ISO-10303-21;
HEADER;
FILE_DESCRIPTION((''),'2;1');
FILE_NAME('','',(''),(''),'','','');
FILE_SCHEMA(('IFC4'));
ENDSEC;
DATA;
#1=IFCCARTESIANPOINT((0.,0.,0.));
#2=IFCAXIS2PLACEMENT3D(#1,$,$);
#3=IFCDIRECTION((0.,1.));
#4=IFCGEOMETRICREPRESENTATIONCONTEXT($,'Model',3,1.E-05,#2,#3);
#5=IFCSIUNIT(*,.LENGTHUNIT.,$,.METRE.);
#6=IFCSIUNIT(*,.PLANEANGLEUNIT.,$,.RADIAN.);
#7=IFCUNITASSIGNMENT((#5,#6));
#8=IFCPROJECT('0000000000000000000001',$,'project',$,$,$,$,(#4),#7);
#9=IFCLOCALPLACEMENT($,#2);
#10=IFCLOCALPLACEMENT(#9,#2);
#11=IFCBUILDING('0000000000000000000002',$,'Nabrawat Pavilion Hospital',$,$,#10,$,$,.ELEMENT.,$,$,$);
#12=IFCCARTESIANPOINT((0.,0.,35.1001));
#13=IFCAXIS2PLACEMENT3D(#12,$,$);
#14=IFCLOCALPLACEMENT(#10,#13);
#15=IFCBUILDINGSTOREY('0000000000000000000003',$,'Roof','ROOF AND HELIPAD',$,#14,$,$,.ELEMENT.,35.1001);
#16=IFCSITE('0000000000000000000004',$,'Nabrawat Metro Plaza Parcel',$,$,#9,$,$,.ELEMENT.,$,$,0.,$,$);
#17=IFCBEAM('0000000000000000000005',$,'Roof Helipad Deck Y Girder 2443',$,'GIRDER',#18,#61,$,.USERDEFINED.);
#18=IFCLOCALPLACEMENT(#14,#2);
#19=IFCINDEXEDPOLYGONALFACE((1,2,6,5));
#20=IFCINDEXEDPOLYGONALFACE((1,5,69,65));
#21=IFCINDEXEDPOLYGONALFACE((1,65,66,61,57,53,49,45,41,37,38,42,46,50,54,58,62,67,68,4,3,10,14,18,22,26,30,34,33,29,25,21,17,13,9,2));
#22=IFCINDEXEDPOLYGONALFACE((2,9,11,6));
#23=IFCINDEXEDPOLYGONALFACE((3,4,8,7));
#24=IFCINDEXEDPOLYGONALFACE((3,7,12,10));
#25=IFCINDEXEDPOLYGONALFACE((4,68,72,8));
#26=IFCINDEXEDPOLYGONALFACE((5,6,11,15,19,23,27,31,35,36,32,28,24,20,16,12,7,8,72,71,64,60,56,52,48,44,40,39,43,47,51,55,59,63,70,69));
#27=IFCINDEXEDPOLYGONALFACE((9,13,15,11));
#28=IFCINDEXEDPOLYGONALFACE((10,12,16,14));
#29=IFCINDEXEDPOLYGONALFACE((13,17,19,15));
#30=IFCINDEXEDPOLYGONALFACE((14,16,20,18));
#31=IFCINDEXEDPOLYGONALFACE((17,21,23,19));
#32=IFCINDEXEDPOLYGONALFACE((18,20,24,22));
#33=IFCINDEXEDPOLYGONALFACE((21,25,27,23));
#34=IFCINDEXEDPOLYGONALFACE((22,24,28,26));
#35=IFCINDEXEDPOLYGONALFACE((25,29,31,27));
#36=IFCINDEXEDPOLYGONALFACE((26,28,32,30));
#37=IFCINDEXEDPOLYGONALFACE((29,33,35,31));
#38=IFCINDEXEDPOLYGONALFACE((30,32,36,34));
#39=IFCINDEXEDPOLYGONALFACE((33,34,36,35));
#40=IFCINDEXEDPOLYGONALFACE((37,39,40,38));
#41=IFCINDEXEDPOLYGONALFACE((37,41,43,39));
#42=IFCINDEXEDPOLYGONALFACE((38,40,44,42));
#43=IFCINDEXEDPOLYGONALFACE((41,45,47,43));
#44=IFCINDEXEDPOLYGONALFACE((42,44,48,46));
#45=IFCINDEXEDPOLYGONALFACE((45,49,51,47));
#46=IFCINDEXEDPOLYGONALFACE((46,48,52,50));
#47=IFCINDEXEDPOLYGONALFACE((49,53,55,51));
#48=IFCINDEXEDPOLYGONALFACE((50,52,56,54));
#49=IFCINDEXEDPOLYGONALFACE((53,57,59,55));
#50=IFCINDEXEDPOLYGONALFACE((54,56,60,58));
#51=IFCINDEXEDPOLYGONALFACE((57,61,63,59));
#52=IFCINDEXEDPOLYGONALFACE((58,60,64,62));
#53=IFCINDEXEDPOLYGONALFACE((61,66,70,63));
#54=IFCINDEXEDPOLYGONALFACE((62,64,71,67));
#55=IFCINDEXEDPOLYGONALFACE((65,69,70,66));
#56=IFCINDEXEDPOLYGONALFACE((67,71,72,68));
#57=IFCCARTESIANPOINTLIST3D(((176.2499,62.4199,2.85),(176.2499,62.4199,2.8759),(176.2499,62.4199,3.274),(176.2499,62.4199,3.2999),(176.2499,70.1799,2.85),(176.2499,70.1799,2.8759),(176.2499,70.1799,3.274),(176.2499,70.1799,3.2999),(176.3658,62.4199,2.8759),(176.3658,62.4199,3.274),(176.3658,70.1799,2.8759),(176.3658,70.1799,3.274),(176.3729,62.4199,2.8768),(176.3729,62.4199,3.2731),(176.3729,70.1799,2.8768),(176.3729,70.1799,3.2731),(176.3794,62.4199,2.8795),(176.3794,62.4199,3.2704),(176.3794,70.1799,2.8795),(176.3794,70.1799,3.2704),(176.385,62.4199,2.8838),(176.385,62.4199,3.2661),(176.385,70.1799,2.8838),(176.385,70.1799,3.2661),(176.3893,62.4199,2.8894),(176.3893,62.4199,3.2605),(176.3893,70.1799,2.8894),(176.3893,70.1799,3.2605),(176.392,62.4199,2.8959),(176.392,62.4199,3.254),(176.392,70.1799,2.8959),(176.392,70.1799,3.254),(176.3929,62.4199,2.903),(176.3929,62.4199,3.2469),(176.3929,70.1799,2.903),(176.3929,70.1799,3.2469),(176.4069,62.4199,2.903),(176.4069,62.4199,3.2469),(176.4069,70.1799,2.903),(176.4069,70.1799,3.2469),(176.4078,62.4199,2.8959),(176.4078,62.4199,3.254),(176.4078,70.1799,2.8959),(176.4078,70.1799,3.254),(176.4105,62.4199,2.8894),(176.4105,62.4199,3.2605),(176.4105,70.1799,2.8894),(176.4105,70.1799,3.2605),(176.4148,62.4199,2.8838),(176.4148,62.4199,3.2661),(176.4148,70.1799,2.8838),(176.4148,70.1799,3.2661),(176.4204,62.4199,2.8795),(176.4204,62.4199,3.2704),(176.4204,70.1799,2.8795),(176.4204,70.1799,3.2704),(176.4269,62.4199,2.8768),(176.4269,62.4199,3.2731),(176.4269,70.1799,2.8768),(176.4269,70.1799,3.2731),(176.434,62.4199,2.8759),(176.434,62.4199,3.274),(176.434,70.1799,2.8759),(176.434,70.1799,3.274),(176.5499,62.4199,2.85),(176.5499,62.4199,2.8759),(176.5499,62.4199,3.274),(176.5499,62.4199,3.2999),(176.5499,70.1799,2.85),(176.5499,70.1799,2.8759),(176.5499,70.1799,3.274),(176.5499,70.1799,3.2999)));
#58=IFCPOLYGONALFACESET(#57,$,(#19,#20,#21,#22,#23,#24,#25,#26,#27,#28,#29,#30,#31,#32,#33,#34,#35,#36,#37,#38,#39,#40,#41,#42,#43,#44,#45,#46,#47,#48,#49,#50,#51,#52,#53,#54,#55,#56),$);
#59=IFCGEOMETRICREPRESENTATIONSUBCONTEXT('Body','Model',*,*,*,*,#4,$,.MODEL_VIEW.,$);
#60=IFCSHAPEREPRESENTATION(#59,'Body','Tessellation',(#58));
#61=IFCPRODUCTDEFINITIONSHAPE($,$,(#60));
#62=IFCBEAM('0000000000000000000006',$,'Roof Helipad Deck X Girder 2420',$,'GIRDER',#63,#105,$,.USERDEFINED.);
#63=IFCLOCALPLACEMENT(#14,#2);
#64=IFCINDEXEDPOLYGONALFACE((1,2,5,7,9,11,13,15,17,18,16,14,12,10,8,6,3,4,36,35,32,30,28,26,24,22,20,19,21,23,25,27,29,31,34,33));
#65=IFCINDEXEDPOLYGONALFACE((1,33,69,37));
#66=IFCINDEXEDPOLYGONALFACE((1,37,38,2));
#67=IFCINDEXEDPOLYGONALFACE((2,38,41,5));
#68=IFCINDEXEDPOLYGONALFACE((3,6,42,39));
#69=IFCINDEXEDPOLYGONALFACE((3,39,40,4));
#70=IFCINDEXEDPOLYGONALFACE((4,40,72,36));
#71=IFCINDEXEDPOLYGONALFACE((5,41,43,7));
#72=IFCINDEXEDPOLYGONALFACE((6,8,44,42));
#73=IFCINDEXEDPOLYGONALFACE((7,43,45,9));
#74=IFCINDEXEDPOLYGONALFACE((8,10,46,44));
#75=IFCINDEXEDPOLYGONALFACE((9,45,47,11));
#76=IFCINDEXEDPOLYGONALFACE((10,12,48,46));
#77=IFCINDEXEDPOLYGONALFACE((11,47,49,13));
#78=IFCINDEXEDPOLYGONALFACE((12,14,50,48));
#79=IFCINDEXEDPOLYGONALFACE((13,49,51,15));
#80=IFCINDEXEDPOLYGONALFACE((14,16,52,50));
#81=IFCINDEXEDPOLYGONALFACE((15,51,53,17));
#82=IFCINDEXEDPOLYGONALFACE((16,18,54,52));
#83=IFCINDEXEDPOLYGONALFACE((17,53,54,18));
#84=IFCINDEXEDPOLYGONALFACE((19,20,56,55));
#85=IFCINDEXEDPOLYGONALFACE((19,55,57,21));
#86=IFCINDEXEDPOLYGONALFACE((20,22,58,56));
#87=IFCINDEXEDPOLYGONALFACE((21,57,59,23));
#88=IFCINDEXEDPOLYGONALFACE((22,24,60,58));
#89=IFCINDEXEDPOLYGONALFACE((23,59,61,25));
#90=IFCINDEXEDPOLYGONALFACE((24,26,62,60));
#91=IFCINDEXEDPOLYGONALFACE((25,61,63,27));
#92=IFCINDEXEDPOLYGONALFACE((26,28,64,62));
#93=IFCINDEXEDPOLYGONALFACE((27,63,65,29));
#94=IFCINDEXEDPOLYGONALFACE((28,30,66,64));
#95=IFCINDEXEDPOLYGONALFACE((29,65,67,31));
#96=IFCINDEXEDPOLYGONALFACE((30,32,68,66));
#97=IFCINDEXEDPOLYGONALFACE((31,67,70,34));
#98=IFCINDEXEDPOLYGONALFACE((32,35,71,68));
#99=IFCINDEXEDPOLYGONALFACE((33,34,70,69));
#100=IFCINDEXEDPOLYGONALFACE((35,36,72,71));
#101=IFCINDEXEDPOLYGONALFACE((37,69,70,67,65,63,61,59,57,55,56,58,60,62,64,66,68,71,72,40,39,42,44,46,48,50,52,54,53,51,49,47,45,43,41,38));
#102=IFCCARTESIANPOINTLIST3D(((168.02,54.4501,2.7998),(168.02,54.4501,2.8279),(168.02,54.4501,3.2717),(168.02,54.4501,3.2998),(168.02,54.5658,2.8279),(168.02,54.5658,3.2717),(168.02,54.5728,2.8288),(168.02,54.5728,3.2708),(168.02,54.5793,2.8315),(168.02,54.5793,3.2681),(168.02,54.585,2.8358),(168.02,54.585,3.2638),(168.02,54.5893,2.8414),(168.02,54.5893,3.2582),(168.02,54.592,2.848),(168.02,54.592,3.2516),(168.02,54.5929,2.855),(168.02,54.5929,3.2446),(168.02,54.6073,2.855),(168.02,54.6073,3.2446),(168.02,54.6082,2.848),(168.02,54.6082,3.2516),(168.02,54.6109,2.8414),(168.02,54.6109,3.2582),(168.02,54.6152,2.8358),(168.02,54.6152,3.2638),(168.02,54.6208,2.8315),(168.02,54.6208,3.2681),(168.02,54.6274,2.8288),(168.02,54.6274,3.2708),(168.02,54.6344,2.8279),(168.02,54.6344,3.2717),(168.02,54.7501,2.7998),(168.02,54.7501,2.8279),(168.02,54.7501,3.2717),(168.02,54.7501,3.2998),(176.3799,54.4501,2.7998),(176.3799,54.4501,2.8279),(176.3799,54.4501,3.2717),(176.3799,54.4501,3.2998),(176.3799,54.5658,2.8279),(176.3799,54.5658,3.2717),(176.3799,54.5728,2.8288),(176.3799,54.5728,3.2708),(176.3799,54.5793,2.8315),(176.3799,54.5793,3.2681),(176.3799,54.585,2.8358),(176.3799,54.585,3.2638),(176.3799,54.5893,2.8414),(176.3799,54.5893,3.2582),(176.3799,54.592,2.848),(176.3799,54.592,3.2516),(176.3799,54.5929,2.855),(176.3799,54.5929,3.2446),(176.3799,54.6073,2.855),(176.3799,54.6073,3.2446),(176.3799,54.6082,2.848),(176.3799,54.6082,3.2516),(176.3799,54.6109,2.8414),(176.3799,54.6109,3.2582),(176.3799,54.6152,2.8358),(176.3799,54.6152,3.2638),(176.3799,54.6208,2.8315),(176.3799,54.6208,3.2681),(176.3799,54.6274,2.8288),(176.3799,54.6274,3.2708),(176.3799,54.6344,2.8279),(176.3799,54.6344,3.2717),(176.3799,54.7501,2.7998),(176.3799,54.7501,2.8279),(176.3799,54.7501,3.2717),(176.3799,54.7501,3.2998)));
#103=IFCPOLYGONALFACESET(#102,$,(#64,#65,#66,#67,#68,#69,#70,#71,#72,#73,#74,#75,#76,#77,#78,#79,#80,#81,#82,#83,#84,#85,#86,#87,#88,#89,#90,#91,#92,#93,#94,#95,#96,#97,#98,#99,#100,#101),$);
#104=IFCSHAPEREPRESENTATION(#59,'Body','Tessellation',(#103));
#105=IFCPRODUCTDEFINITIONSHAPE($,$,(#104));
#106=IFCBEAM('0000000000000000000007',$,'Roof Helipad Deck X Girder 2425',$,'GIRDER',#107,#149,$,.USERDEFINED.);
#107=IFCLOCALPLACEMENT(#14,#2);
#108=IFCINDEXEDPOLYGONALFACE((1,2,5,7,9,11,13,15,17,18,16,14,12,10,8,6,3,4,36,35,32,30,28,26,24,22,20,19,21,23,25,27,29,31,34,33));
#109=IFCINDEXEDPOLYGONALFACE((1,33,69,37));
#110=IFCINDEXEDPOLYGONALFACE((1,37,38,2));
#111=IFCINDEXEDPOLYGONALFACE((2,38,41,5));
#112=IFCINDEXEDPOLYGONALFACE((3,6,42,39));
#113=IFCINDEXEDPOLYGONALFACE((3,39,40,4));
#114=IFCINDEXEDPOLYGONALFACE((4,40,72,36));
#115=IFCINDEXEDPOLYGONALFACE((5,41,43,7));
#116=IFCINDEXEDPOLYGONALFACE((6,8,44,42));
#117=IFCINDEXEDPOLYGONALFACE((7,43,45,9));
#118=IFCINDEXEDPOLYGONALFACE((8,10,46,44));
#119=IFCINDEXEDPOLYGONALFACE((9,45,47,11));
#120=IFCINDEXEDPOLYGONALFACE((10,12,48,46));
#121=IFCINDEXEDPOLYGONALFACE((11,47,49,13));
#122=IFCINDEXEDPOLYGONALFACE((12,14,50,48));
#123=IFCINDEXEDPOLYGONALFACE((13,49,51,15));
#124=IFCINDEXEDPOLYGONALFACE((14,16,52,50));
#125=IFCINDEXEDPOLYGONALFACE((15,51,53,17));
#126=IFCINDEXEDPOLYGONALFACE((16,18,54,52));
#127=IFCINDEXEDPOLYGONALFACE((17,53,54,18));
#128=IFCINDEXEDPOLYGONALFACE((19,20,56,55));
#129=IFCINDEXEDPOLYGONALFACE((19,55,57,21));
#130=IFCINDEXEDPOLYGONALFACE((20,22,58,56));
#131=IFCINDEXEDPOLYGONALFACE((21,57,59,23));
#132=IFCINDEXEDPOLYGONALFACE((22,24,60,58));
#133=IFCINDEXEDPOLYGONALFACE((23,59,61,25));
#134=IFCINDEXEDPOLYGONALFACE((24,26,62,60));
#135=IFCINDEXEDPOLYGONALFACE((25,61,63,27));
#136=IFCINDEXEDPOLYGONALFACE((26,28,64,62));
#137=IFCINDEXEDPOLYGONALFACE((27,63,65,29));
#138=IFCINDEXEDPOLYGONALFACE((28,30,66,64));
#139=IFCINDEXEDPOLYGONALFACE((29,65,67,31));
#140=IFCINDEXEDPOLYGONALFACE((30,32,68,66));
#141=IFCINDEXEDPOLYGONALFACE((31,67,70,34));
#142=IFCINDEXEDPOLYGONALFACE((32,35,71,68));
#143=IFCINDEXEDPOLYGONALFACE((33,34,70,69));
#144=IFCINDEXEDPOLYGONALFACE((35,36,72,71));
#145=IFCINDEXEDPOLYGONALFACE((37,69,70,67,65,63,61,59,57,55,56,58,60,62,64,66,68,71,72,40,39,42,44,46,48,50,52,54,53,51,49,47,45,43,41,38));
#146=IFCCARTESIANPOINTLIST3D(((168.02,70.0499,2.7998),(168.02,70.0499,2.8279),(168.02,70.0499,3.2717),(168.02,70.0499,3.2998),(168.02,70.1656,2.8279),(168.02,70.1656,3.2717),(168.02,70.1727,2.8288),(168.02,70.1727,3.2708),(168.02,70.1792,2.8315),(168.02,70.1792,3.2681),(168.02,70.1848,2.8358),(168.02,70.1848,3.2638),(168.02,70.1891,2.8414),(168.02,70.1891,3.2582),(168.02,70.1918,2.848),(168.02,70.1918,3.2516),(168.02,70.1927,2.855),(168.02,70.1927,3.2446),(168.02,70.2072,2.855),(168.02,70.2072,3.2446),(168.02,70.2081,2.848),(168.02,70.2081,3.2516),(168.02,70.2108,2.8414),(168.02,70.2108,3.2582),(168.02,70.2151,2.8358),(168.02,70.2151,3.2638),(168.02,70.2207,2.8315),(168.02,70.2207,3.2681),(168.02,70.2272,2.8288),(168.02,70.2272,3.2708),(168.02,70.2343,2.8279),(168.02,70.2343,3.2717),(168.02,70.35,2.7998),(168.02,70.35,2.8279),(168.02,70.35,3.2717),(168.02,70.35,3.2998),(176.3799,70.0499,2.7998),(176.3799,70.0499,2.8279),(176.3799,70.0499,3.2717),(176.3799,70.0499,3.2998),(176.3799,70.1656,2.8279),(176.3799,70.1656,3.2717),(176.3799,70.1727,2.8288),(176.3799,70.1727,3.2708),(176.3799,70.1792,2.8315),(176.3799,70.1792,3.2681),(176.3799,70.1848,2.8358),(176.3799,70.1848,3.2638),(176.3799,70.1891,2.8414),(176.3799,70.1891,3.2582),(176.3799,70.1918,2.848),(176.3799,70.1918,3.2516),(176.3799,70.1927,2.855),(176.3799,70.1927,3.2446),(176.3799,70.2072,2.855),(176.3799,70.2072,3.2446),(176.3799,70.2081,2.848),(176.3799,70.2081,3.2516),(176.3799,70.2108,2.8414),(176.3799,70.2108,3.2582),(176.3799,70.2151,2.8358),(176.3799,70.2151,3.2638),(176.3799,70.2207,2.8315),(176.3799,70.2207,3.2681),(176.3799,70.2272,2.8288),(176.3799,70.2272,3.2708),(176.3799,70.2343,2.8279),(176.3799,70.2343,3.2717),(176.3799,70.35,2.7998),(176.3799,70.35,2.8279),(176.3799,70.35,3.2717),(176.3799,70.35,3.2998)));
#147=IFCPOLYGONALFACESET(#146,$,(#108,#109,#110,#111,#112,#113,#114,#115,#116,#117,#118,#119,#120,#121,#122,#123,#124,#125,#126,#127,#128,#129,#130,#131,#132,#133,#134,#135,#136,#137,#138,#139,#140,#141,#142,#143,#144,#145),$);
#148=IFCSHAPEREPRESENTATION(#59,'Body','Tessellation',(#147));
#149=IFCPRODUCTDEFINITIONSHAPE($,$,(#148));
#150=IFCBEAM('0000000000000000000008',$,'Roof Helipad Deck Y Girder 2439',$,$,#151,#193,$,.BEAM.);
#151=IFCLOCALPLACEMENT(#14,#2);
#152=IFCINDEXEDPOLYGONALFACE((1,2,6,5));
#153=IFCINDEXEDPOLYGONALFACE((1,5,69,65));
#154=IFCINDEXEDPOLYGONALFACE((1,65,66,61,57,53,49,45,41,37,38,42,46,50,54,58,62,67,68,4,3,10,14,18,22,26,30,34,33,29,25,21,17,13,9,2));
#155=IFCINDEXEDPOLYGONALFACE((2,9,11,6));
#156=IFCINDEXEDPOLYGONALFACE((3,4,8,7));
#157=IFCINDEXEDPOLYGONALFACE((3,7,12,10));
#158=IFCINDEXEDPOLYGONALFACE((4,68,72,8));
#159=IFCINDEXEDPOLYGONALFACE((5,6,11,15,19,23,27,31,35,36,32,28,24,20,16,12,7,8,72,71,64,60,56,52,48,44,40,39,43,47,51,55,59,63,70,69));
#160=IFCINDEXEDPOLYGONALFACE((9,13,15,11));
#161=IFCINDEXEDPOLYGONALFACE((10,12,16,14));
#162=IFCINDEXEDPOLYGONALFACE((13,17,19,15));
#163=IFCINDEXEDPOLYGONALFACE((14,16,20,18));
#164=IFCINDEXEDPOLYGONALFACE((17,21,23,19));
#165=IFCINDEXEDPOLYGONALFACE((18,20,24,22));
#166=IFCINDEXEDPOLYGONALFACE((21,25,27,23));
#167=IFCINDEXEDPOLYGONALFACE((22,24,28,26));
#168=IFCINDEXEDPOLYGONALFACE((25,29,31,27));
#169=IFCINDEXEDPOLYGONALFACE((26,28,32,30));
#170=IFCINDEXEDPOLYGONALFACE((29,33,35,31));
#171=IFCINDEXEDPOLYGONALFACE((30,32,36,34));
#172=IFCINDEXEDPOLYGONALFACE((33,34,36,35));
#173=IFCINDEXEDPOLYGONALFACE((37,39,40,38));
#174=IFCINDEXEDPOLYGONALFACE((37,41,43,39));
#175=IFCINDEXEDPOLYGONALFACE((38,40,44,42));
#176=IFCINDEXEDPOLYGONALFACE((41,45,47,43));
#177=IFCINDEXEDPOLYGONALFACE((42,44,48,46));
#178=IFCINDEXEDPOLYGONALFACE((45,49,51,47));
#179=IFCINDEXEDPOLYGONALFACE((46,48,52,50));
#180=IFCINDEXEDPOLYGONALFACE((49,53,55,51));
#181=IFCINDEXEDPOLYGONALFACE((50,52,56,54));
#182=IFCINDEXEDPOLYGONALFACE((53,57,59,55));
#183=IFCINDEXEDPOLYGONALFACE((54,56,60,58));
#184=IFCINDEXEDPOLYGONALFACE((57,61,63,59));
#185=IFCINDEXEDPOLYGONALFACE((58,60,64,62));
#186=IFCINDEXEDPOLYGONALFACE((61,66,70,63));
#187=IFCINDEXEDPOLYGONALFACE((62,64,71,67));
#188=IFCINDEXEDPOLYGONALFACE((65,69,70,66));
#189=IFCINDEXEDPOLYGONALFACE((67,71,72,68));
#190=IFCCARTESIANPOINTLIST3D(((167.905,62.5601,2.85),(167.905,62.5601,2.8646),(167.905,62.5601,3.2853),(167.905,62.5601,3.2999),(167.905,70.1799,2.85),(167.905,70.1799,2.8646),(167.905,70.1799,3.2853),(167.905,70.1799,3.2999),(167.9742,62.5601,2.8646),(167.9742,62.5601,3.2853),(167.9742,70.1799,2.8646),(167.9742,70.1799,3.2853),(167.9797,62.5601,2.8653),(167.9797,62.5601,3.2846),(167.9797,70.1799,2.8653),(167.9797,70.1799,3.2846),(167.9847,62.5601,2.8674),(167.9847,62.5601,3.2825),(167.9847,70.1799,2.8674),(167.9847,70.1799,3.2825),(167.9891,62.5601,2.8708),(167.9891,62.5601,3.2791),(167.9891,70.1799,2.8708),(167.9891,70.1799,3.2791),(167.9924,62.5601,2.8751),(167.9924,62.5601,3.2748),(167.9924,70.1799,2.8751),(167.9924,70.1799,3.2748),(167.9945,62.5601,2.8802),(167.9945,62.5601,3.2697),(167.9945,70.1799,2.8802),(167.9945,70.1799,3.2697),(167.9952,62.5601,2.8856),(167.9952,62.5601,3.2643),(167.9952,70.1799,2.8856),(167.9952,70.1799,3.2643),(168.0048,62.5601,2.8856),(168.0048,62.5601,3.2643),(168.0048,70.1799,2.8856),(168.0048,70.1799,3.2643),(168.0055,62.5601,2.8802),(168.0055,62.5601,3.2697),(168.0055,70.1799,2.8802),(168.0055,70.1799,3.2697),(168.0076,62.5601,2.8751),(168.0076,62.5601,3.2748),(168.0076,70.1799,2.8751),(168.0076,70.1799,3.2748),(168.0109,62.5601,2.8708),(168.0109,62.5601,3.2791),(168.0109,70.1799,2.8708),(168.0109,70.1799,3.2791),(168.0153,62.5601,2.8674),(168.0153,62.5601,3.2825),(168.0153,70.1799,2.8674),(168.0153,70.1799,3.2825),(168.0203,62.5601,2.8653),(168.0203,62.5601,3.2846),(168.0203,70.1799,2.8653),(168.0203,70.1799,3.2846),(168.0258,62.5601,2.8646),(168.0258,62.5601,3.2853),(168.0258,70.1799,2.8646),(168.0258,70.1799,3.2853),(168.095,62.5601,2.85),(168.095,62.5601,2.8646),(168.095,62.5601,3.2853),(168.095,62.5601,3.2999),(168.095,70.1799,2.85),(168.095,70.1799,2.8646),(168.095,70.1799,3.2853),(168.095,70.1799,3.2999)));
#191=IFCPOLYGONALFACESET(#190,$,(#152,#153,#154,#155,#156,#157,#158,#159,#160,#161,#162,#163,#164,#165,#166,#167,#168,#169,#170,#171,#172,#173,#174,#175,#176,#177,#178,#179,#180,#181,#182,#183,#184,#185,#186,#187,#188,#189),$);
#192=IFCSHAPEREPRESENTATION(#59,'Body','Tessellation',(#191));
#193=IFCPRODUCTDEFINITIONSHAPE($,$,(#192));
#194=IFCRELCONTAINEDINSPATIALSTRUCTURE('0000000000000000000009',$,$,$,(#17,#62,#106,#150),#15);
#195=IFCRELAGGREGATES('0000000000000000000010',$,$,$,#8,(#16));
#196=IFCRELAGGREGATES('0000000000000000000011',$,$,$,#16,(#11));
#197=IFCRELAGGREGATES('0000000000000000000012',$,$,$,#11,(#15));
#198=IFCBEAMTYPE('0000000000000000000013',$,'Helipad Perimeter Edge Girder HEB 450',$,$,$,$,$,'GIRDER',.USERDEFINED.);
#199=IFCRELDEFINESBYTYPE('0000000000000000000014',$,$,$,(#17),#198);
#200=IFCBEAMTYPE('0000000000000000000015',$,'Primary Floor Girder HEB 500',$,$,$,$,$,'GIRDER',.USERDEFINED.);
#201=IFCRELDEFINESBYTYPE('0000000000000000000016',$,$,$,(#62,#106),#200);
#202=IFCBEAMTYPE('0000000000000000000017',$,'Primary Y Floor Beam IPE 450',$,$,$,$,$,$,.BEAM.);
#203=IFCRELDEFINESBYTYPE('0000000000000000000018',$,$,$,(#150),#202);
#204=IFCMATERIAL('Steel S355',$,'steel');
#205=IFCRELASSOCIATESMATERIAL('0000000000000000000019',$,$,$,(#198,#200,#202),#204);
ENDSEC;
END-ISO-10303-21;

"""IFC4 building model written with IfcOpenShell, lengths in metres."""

from ifc_helpers import new_model, si_unit, direction, frame, origin, origin_2d, place, context, subcontext, project, spatial, i_section, extrude, material, material_profile, profile_set, type_object, element, save


model = new_model("IFC4")

# Units and contexts
model_context = context("Model", 3, precision=1e-05, world=origin(), true_north=direction((0.0, 1.0)))
body_context = subcontext(model_context, "Body", "Model", "MODEL_VIEW")
ifc_project = project(units=[si_unit("LENGTHUNIT", "METRE"), si_unit("PLANEANGLEUNIT", "RADIAN")], contexts=[model_context])

# Site, building, storey
site_placement = place(None, origin())
site = spatial("IfcSite", under=ifc_project, at=site_placement, Name="Nabrawat Metro Plaza Parcel", CompositionType="ELEMENT", RefElevation=0.0)
building_placement = place(site_placement, origin())
building = spatial("IfcBuilding", under=site, at=building_placement, Name="Nabrawat Pavilion Hospital", CompositionType="ELEMENT")
storey_placement = place(building_placement, frame((0.0, 0.0, 35.1001)))
storey = spatial("IfcBuildingStorey", under=building, at=storey_placement, Name="Roof", Description="ROOF AND HELIPAD", CompositionType="ELEMENT", Elevation=35.1001)

# Shared definitions
ifc_material_1 = material(Name="Steel S355", Category="steel")

# Beams
ifc_material_profile_1 = material_profile(ifc_material_1, i_section(OverallWidth=0.3, OverallDepth=0.45, WebThickness=0.0139, FlangeThickness=0.0259, FilletRadius=0.0271, at=origin_2d()), Name="HEB 450")
ifc_profile_set_1 = profile_set([ifc_material_profile_1], Name="Steel S355")
beam_type_1 = type_object("IfcBeamType", Name="Helipad Perimeter Edge Girder HEB 450", ElementType="GIRDER", PredefinedType="USERDEFINED", material=ifc_profile_set_1)
beam_1_placement = place(storey_placement, frame((176.3999, 62.4199, 3.075), z_axis=(0.0, 1.0, 0.0), x_axis=(-1.0, 0.0, 0.0)))
element("IfcBeam", 1, at=beam_1_placement, inside=storey, type_object=beam_type_1, Name="Roof Helipad Deck Y Girder 2443", ObjectType="GIRDER", PredefinedType="USERDEFINED", context=body_context, shape_type="SweptSolid", body=[
    extrude(i_section(OverallWidth=0.3, OverallDepth=0.45, WebThickness=0.0139, FlangeThickness=0.0259, FilletRadius=0.0271, at=origin_2d()), origin(), (0.0, 0.0, 1.0), 7.76),
])
ifc_material_profile_2 = material_profile(ifc_material_1, i_section(OverallWidth=0.3, OverallDepth=0.5, WebThickness=0.0144, FlangeThickness=0.0281, FilletRadius=0.0271, at=origin_2d()), Name="HEB 500")
ifc_profile_set_2 = profile_set([ifc_material_profile_2], Name="Steel S355")
beam_type_2 = type_object("IfcBeamType", Name="Primary Floor Girder HEB 500", ElementType="GIRDER", PredefinedType="USERDEFINED", material=ifc_profile_set_2)
for number, where, z_axis, x_axis, name in (
    (2, (168.02, 54.6001, 3.0498), (1.0, 0.0, 0.0), (0.0, 1.0, 0.0), "Roof Helipad Deck X Girder 2420"),
    (3, (168.02, 70.2, 3.0498), (1.0, 0.0, 0.0), (0.0, 1.0, 0.0), "Roof Helipad Deck X Girder 2425"),
):
    element("IfcBeam", number, at=place(storey_placement, frame(where, z_axis=z_axis, x_axis=x_axis)), inside=storey, type_object=beam_type_2, Name=name, ObjectType="GIRDER", PredefinedType="USERDEFINED", context=body_context, shape_type="SweptSolid", body=[
        extrude(i_section(OverallWidth=0.3, OverallDepth=0.5, WebThickness=0.0144, FlangeThickness=0.0281, FilletRadius=0.0271, at=origin_2d()), origin(), (0.0, 0.0, 1.0), 8.3599),
    ])
ifc_material_profile_3 = material_profile(ifc_material_1, i_section(OverallWidth=0.1899, OverallDepth=0.45, WebThickness=0.0095, FlangeThickness=0.0146, FilletRadius=0.021, at=origin_2d()), Name="IPE 450")
ifc_profile_set_3 = profile_set([ifc_material_profile_3], Name="Steel S355")
beam_type_3 = type_object("IfcBeamType", Name="Primary Y Floor Beam IPE 450", PredefinedType="BEAM", material=ifc_profile_set_3)
beam_2_placement = place(storey_placement, frame((168.0, 62.5601, 3.075), z_axis=(0.0, 1.0, 0.0), x_axis=(-1.0, 0.0, 0.0)))
element("IfcBeam", 4, at=beam_2_placement, inside=storey, type_object=beam_type_3, Name="Roof Helipad Deck Y Girder 2439", PredefinedType="BEAM", context=body_context, shape_type="SweptSolid", body=[
    extrude(i_section(OverallWidth=0.1899, OverallDepth=0.45, WebThickness=0.0095, FlangeThickness=0.0146, FilletRadius=0.021, at=origin_2d()), origin(), (0.0, 0.0, 1.0), 7.6199),
])

save(model, "model.ifc")
